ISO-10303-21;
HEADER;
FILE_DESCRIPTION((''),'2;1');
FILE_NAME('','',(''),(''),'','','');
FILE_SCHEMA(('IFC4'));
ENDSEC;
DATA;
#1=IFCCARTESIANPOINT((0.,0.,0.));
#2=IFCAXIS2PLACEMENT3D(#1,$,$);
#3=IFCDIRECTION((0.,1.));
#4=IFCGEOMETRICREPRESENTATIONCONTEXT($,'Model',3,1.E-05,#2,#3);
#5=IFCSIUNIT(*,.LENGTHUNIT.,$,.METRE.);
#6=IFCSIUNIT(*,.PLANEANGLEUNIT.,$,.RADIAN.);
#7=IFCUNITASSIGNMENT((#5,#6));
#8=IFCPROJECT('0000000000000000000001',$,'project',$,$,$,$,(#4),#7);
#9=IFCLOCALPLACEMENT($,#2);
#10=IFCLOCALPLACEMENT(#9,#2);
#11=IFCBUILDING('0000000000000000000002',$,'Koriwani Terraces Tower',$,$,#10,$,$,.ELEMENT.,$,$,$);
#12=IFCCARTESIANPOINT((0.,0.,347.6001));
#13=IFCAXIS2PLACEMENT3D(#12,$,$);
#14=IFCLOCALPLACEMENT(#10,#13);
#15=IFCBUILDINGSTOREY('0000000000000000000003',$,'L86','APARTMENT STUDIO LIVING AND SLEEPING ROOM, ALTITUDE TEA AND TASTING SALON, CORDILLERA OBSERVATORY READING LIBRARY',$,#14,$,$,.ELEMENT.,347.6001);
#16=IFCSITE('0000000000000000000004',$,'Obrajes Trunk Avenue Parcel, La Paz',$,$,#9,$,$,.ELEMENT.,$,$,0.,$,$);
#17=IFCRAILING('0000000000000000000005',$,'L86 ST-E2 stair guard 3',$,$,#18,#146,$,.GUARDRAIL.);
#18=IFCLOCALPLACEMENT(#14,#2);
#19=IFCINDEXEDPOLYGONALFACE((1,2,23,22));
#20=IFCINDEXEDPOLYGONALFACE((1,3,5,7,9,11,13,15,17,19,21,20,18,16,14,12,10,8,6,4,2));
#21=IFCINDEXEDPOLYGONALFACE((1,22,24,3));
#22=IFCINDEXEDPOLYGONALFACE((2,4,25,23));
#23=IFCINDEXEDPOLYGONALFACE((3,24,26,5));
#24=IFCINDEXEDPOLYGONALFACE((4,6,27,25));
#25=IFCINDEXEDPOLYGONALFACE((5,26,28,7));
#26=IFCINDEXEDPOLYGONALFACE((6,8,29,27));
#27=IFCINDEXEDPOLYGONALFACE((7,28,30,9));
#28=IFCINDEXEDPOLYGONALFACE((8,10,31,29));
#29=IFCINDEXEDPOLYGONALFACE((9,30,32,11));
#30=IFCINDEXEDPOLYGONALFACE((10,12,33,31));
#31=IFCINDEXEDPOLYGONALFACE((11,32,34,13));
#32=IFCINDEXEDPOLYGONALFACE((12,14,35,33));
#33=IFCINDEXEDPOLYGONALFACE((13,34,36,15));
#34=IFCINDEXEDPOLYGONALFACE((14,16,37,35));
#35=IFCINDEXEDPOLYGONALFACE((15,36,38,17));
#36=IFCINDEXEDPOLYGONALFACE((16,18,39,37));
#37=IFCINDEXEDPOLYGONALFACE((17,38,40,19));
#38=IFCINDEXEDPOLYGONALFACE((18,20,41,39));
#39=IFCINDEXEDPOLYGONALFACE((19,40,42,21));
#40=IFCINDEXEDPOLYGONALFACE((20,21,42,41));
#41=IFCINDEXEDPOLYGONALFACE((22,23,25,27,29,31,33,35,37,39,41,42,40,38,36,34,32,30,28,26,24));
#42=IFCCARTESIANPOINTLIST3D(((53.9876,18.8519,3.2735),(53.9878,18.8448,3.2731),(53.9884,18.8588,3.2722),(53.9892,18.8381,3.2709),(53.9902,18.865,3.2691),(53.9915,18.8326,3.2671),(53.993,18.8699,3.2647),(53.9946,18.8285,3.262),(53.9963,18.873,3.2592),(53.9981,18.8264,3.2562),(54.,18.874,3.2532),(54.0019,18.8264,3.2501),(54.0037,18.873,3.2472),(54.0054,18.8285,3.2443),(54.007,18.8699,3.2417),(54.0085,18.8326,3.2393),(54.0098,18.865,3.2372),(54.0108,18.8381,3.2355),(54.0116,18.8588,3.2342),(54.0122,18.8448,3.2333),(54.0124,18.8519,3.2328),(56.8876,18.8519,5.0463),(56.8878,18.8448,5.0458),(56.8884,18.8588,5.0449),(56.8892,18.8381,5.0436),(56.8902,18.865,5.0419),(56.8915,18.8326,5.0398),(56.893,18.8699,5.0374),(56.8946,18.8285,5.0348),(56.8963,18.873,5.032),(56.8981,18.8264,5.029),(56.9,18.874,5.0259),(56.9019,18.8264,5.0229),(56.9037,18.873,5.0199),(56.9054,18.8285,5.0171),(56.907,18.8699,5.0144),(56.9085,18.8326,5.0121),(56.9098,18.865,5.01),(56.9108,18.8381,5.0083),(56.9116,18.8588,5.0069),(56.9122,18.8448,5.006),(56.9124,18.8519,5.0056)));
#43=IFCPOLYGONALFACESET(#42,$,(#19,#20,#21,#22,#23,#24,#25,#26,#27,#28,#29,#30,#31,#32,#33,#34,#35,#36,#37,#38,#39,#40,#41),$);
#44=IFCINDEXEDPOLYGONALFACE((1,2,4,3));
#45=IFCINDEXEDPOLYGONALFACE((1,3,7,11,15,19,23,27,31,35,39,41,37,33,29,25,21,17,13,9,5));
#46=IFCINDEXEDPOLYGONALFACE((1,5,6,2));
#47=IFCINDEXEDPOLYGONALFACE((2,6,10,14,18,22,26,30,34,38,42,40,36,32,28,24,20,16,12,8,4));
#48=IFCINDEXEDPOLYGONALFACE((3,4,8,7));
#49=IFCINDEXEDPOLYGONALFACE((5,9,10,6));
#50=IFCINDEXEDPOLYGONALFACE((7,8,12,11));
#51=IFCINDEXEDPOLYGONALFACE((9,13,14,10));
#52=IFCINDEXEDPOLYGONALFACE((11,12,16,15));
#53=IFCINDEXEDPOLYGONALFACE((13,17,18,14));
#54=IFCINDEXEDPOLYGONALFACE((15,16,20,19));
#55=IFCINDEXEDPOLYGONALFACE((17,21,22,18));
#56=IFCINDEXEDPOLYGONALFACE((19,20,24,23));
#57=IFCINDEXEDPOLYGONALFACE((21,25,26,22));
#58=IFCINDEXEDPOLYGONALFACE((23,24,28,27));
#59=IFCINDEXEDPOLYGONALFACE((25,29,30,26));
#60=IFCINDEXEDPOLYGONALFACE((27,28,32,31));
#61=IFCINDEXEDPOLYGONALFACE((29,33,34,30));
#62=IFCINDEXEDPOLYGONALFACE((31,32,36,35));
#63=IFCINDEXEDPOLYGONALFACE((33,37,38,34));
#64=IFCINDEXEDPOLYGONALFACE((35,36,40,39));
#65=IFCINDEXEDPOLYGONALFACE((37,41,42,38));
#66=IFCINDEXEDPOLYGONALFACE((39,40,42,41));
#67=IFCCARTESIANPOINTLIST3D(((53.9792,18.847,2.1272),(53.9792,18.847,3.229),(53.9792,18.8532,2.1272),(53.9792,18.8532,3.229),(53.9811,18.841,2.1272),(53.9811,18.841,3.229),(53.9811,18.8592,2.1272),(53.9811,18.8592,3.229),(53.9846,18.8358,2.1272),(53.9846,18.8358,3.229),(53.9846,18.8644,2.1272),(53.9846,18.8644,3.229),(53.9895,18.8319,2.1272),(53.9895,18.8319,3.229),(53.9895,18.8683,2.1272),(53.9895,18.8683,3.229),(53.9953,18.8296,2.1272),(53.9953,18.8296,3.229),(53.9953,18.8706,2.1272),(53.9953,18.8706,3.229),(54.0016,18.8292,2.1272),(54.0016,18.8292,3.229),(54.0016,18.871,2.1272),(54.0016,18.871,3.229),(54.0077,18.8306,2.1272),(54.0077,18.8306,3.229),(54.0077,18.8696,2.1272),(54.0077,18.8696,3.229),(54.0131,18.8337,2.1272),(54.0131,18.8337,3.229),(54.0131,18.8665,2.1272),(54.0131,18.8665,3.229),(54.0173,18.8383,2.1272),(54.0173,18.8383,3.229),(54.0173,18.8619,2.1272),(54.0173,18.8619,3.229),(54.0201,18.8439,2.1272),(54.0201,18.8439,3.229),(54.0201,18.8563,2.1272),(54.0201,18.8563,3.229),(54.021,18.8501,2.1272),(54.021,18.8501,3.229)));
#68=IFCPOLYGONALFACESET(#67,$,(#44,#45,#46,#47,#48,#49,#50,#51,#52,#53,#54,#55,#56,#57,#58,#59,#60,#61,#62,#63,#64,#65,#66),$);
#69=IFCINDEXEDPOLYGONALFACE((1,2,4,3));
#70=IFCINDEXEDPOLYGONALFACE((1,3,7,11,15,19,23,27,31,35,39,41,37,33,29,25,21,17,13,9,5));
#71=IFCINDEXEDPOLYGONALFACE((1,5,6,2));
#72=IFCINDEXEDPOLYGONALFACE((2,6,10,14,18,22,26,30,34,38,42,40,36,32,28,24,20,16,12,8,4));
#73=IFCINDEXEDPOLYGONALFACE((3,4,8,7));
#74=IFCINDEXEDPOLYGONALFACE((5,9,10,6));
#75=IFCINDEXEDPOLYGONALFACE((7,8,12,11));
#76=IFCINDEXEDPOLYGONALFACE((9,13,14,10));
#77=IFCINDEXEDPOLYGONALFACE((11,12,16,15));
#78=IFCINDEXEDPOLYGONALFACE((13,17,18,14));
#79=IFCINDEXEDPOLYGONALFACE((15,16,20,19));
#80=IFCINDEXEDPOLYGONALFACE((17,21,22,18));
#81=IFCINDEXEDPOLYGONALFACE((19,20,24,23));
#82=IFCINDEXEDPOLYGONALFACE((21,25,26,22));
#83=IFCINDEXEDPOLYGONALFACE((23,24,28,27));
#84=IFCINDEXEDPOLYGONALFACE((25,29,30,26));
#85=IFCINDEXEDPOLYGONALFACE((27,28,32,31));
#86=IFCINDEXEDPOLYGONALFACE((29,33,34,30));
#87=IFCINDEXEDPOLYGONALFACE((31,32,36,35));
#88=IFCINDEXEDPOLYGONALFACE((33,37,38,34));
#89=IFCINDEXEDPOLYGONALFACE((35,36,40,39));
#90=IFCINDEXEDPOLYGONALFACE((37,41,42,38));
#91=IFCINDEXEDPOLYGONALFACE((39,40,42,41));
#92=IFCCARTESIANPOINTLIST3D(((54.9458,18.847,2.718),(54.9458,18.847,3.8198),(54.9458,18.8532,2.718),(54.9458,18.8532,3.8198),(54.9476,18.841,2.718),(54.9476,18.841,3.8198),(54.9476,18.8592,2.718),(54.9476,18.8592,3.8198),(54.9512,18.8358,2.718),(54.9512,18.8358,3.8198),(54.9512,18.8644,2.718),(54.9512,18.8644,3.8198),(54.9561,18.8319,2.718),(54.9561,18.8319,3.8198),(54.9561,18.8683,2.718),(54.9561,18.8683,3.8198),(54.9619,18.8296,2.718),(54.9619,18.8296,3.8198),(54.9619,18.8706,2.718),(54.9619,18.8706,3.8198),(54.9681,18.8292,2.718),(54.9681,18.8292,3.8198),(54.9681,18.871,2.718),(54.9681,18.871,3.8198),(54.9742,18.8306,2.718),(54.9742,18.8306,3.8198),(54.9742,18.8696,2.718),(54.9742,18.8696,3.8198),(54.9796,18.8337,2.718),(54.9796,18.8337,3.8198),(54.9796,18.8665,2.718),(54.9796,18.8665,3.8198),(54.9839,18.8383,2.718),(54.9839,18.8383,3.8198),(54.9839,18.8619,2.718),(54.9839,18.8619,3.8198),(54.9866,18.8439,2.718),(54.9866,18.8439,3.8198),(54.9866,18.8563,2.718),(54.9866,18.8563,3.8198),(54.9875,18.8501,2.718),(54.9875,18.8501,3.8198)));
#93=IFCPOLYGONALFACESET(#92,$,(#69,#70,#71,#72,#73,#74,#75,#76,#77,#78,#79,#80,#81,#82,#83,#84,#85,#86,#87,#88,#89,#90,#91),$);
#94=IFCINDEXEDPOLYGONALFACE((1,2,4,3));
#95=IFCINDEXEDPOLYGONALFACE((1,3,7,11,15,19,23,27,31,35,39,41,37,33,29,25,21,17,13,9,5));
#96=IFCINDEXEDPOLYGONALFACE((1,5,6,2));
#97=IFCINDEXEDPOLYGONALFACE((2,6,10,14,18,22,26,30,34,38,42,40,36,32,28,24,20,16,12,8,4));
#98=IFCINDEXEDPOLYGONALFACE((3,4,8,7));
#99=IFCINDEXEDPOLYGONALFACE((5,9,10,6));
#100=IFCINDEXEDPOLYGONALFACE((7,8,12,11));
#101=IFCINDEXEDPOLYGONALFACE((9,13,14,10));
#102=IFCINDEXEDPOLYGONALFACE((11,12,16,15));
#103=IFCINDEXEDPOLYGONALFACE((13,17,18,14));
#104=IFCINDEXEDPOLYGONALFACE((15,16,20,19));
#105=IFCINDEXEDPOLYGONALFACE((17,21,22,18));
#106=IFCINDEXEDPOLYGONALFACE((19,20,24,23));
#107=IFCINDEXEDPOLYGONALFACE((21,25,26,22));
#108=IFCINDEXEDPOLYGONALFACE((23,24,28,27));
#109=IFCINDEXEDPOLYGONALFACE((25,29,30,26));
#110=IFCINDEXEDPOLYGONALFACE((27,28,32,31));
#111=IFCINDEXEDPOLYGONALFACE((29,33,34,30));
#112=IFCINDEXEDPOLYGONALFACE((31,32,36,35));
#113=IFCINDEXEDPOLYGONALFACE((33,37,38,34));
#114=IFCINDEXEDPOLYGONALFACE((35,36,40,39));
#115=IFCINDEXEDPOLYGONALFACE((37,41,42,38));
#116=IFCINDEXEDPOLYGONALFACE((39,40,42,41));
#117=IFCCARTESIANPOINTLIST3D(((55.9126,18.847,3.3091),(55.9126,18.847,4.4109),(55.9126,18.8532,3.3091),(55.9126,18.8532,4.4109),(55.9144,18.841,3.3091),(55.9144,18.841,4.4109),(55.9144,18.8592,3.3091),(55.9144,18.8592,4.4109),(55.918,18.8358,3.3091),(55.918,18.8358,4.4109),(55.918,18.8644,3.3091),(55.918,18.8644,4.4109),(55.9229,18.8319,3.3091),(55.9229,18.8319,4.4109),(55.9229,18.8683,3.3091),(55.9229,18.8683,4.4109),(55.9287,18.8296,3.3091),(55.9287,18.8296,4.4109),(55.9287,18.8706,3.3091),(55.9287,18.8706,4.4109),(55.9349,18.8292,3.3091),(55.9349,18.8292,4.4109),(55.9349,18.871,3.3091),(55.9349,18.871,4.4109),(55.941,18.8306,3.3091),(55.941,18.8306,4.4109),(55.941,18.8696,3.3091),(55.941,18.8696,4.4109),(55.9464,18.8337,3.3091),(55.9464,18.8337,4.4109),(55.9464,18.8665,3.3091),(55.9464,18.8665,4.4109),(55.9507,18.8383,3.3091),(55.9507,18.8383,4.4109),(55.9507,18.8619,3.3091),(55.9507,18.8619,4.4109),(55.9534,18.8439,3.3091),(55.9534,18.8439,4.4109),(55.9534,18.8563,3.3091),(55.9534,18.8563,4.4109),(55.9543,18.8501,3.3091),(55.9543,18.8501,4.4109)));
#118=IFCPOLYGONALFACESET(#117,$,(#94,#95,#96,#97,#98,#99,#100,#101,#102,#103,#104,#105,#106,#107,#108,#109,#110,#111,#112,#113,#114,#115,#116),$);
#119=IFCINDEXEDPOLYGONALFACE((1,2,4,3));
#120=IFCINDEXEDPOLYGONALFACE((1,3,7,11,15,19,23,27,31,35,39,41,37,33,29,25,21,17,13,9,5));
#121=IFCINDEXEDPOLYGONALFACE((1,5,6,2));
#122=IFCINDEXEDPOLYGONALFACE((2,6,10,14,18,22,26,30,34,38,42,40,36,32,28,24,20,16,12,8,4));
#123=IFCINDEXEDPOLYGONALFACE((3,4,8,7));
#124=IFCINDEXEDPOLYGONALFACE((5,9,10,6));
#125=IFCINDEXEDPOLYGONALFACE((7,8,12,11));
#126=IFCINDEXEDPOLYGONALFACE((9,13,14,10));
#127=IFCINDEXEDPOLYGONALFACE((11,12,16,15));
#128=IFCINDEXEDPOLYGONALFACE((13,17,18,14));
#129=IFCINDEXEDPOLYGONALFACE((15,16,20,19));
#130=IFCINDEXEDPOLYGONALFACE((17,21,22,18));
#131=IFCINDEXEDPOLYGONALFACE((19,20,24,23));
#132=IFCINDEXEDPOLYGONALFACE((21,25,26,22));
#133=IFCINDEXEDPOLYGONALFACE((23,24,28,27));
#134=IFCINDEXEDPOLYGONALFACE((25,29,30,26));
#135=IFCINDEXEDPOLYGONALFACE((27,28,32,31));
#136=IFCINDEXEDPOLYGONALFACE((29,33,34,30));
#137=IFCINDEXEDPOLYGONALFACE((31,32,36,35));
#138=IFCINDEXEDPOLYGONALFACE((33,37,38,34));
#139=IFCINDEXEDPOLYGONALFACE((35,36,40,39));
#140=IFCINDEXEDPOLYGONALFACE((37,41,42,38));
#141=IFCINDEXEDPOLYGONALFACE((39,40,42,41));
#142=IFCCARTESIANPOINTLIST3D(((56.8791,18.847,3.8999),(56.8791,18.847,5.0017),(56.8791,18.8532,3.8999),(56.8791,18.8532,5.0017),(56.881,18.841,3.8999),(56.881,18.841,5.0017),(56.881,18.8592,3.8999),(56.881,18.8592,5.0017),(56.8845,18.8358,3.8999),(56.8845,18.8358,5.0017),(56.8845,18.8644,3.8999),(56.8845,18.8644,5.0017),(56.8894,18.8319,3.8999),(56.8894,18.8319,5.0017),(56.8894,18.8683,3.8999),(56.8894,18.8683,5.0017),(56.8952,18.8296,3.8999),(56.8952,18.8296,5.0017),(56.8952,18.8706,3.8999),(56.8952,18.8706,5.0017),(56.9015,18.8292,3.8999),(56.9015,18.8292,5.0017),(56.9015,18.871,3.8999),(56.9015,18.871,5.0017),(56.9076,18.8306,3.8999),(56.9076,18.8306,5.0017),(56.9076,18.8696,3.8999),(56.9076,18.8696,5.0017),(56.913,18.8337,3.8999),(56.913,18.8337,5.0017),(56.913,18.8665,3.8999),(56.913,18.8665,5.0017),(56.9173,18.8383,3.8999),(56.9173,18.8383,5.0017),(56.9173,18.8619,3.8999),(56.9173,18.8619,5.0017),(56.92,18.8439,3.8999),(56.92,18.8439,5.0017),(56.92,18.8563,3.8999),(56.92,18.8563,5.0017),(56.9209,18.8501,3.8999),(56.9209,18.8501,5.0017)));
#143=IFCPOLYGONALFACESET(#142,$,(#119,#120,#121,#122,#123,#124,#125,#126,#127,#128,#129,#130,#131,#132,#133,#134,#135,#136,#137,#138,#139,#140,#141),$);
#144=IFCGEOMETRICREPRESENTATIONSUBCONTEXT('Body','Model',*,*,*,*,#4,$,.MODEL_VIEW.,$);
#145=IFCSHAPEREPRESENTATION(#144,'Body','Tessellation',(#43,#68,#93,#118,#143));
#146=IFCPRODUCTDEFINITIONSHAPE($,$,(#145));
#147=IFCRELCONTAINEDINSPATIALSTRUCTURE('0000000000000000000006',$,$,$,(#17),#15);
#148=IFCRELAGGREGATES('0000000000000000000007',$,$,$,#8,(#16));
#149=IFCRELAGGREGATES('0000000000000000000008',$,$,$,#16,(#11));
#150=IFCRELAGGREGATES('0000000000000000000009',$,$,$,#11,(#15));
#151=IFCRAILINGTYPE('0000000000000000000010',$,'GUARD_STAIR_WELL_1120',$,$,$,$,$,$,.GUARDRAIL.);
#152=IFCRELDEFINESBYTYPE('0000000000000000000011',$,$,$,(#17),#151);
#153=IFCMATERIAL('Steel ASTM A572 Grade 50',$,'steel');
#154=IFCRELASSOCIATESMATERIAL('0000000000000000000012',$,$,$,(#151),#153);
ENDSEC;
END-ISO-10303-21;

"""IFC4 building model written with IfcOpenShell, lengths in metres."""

from ifc_helpers import new_model, si_unit, direction, frame, origin, origin_2d, place, context, subcontext, project, spatial, circle, extrude, material, type_object, element, save


model = new_model("IFC4")

# Units and contexts
model_context = context("Model", 3, precision=1e-05, world=origin(), true_north=direction((0.0, 1.0)))
body_context = subcontext(model_context, "Body", "Model", "MODEL_VIEW")
ifc_project = project(units=[si_unit("LENGTHUNIT", "METRE"), si_unit("PLANEANGLEUNIT", "RADIAN")], contexts=[model_context])

# Site, building, storey
site_placement = place(None, origin())
site = spatial("IfcSite", under=ifc_project, at=site_placement, Name="Obrajes Trunk Avenue Parcel, La Paz", CompositionType="ELEMENT", RefElevation=0.0)
building_placement = place(site_placement, origin())
building = spatial("IfcBuilding", under=site, at=building_placement, Name="Koriwani Terraces Tower", CompositionType="ELEMENT")
storey_placement = place(building_placement, frame((0.0, 0.0, 347.6001)))
storey = spatial("IfcBuildingStorey", under=building, at=storey_placement, Name="L86", Description="APARTMENT STUDIO LIVING AND SLEEPING ROOM, ALTITUDE TEA AND TASTING SALON, CORDILLERA OBSERVATORY READING LIBRARY", CompositionType="ELEMENT", Elevation=347.6001)

# Shared definitions
ifc_material_1 = material(Name="Steel ASTM A572 Grade 50", Category="steel")

# Railing
railing_type_1 = type_object("IfcRailingType", Name="GUARD_STAIR_WELL_1120", PredefinedType="GUARDRAIL", material=ifc_material_1)
railing_1_placement = place(storey_placement, frame((54.0, 18.8501, 2.1272)))
element("IfcRailing", 1, at=railing_1_placement, inside=storey, type_object=railing_type_1, Name="L86 ST-E2 stair guard 3", PredefinedType="GUARDRAIL", context=body_context, shape_type="SweptSolid", body=[
    extrude(circle(Radius=0.0239, at=origin_2d()), frame((0.0, 0.0, 1.126), z_axis=(0.853211, 0.0, 0.521566), x_axis=(0.0, 1.0, 0.0)), (0.0, 0.0, 1.0), 3.3989),
    extrude(circle(Radius=0.021, at=origin_2d()), origin(), (0.0, 0.0, 1.0), 1.1018),
    extrude(circle(Radius=0.021, at=origin_2d()), frame((0.9666, 0.0, 0.5908)), (0.0, 0.0, 1.0), 1.1018),
    extrude(circle(Radius=0.021, at=origin_2d()), frame((1.9333, 0.0, 1.1819)), (0.0, 0.0, 1.0), 1.1018),
    extrude(circle(Radius=0.021, at=origin_2d()), frame((2.8999, 0.0, 1.7727)), (0.0, 0.0, 1.0), 1.1018),
])

save(model, "model.ifc")
